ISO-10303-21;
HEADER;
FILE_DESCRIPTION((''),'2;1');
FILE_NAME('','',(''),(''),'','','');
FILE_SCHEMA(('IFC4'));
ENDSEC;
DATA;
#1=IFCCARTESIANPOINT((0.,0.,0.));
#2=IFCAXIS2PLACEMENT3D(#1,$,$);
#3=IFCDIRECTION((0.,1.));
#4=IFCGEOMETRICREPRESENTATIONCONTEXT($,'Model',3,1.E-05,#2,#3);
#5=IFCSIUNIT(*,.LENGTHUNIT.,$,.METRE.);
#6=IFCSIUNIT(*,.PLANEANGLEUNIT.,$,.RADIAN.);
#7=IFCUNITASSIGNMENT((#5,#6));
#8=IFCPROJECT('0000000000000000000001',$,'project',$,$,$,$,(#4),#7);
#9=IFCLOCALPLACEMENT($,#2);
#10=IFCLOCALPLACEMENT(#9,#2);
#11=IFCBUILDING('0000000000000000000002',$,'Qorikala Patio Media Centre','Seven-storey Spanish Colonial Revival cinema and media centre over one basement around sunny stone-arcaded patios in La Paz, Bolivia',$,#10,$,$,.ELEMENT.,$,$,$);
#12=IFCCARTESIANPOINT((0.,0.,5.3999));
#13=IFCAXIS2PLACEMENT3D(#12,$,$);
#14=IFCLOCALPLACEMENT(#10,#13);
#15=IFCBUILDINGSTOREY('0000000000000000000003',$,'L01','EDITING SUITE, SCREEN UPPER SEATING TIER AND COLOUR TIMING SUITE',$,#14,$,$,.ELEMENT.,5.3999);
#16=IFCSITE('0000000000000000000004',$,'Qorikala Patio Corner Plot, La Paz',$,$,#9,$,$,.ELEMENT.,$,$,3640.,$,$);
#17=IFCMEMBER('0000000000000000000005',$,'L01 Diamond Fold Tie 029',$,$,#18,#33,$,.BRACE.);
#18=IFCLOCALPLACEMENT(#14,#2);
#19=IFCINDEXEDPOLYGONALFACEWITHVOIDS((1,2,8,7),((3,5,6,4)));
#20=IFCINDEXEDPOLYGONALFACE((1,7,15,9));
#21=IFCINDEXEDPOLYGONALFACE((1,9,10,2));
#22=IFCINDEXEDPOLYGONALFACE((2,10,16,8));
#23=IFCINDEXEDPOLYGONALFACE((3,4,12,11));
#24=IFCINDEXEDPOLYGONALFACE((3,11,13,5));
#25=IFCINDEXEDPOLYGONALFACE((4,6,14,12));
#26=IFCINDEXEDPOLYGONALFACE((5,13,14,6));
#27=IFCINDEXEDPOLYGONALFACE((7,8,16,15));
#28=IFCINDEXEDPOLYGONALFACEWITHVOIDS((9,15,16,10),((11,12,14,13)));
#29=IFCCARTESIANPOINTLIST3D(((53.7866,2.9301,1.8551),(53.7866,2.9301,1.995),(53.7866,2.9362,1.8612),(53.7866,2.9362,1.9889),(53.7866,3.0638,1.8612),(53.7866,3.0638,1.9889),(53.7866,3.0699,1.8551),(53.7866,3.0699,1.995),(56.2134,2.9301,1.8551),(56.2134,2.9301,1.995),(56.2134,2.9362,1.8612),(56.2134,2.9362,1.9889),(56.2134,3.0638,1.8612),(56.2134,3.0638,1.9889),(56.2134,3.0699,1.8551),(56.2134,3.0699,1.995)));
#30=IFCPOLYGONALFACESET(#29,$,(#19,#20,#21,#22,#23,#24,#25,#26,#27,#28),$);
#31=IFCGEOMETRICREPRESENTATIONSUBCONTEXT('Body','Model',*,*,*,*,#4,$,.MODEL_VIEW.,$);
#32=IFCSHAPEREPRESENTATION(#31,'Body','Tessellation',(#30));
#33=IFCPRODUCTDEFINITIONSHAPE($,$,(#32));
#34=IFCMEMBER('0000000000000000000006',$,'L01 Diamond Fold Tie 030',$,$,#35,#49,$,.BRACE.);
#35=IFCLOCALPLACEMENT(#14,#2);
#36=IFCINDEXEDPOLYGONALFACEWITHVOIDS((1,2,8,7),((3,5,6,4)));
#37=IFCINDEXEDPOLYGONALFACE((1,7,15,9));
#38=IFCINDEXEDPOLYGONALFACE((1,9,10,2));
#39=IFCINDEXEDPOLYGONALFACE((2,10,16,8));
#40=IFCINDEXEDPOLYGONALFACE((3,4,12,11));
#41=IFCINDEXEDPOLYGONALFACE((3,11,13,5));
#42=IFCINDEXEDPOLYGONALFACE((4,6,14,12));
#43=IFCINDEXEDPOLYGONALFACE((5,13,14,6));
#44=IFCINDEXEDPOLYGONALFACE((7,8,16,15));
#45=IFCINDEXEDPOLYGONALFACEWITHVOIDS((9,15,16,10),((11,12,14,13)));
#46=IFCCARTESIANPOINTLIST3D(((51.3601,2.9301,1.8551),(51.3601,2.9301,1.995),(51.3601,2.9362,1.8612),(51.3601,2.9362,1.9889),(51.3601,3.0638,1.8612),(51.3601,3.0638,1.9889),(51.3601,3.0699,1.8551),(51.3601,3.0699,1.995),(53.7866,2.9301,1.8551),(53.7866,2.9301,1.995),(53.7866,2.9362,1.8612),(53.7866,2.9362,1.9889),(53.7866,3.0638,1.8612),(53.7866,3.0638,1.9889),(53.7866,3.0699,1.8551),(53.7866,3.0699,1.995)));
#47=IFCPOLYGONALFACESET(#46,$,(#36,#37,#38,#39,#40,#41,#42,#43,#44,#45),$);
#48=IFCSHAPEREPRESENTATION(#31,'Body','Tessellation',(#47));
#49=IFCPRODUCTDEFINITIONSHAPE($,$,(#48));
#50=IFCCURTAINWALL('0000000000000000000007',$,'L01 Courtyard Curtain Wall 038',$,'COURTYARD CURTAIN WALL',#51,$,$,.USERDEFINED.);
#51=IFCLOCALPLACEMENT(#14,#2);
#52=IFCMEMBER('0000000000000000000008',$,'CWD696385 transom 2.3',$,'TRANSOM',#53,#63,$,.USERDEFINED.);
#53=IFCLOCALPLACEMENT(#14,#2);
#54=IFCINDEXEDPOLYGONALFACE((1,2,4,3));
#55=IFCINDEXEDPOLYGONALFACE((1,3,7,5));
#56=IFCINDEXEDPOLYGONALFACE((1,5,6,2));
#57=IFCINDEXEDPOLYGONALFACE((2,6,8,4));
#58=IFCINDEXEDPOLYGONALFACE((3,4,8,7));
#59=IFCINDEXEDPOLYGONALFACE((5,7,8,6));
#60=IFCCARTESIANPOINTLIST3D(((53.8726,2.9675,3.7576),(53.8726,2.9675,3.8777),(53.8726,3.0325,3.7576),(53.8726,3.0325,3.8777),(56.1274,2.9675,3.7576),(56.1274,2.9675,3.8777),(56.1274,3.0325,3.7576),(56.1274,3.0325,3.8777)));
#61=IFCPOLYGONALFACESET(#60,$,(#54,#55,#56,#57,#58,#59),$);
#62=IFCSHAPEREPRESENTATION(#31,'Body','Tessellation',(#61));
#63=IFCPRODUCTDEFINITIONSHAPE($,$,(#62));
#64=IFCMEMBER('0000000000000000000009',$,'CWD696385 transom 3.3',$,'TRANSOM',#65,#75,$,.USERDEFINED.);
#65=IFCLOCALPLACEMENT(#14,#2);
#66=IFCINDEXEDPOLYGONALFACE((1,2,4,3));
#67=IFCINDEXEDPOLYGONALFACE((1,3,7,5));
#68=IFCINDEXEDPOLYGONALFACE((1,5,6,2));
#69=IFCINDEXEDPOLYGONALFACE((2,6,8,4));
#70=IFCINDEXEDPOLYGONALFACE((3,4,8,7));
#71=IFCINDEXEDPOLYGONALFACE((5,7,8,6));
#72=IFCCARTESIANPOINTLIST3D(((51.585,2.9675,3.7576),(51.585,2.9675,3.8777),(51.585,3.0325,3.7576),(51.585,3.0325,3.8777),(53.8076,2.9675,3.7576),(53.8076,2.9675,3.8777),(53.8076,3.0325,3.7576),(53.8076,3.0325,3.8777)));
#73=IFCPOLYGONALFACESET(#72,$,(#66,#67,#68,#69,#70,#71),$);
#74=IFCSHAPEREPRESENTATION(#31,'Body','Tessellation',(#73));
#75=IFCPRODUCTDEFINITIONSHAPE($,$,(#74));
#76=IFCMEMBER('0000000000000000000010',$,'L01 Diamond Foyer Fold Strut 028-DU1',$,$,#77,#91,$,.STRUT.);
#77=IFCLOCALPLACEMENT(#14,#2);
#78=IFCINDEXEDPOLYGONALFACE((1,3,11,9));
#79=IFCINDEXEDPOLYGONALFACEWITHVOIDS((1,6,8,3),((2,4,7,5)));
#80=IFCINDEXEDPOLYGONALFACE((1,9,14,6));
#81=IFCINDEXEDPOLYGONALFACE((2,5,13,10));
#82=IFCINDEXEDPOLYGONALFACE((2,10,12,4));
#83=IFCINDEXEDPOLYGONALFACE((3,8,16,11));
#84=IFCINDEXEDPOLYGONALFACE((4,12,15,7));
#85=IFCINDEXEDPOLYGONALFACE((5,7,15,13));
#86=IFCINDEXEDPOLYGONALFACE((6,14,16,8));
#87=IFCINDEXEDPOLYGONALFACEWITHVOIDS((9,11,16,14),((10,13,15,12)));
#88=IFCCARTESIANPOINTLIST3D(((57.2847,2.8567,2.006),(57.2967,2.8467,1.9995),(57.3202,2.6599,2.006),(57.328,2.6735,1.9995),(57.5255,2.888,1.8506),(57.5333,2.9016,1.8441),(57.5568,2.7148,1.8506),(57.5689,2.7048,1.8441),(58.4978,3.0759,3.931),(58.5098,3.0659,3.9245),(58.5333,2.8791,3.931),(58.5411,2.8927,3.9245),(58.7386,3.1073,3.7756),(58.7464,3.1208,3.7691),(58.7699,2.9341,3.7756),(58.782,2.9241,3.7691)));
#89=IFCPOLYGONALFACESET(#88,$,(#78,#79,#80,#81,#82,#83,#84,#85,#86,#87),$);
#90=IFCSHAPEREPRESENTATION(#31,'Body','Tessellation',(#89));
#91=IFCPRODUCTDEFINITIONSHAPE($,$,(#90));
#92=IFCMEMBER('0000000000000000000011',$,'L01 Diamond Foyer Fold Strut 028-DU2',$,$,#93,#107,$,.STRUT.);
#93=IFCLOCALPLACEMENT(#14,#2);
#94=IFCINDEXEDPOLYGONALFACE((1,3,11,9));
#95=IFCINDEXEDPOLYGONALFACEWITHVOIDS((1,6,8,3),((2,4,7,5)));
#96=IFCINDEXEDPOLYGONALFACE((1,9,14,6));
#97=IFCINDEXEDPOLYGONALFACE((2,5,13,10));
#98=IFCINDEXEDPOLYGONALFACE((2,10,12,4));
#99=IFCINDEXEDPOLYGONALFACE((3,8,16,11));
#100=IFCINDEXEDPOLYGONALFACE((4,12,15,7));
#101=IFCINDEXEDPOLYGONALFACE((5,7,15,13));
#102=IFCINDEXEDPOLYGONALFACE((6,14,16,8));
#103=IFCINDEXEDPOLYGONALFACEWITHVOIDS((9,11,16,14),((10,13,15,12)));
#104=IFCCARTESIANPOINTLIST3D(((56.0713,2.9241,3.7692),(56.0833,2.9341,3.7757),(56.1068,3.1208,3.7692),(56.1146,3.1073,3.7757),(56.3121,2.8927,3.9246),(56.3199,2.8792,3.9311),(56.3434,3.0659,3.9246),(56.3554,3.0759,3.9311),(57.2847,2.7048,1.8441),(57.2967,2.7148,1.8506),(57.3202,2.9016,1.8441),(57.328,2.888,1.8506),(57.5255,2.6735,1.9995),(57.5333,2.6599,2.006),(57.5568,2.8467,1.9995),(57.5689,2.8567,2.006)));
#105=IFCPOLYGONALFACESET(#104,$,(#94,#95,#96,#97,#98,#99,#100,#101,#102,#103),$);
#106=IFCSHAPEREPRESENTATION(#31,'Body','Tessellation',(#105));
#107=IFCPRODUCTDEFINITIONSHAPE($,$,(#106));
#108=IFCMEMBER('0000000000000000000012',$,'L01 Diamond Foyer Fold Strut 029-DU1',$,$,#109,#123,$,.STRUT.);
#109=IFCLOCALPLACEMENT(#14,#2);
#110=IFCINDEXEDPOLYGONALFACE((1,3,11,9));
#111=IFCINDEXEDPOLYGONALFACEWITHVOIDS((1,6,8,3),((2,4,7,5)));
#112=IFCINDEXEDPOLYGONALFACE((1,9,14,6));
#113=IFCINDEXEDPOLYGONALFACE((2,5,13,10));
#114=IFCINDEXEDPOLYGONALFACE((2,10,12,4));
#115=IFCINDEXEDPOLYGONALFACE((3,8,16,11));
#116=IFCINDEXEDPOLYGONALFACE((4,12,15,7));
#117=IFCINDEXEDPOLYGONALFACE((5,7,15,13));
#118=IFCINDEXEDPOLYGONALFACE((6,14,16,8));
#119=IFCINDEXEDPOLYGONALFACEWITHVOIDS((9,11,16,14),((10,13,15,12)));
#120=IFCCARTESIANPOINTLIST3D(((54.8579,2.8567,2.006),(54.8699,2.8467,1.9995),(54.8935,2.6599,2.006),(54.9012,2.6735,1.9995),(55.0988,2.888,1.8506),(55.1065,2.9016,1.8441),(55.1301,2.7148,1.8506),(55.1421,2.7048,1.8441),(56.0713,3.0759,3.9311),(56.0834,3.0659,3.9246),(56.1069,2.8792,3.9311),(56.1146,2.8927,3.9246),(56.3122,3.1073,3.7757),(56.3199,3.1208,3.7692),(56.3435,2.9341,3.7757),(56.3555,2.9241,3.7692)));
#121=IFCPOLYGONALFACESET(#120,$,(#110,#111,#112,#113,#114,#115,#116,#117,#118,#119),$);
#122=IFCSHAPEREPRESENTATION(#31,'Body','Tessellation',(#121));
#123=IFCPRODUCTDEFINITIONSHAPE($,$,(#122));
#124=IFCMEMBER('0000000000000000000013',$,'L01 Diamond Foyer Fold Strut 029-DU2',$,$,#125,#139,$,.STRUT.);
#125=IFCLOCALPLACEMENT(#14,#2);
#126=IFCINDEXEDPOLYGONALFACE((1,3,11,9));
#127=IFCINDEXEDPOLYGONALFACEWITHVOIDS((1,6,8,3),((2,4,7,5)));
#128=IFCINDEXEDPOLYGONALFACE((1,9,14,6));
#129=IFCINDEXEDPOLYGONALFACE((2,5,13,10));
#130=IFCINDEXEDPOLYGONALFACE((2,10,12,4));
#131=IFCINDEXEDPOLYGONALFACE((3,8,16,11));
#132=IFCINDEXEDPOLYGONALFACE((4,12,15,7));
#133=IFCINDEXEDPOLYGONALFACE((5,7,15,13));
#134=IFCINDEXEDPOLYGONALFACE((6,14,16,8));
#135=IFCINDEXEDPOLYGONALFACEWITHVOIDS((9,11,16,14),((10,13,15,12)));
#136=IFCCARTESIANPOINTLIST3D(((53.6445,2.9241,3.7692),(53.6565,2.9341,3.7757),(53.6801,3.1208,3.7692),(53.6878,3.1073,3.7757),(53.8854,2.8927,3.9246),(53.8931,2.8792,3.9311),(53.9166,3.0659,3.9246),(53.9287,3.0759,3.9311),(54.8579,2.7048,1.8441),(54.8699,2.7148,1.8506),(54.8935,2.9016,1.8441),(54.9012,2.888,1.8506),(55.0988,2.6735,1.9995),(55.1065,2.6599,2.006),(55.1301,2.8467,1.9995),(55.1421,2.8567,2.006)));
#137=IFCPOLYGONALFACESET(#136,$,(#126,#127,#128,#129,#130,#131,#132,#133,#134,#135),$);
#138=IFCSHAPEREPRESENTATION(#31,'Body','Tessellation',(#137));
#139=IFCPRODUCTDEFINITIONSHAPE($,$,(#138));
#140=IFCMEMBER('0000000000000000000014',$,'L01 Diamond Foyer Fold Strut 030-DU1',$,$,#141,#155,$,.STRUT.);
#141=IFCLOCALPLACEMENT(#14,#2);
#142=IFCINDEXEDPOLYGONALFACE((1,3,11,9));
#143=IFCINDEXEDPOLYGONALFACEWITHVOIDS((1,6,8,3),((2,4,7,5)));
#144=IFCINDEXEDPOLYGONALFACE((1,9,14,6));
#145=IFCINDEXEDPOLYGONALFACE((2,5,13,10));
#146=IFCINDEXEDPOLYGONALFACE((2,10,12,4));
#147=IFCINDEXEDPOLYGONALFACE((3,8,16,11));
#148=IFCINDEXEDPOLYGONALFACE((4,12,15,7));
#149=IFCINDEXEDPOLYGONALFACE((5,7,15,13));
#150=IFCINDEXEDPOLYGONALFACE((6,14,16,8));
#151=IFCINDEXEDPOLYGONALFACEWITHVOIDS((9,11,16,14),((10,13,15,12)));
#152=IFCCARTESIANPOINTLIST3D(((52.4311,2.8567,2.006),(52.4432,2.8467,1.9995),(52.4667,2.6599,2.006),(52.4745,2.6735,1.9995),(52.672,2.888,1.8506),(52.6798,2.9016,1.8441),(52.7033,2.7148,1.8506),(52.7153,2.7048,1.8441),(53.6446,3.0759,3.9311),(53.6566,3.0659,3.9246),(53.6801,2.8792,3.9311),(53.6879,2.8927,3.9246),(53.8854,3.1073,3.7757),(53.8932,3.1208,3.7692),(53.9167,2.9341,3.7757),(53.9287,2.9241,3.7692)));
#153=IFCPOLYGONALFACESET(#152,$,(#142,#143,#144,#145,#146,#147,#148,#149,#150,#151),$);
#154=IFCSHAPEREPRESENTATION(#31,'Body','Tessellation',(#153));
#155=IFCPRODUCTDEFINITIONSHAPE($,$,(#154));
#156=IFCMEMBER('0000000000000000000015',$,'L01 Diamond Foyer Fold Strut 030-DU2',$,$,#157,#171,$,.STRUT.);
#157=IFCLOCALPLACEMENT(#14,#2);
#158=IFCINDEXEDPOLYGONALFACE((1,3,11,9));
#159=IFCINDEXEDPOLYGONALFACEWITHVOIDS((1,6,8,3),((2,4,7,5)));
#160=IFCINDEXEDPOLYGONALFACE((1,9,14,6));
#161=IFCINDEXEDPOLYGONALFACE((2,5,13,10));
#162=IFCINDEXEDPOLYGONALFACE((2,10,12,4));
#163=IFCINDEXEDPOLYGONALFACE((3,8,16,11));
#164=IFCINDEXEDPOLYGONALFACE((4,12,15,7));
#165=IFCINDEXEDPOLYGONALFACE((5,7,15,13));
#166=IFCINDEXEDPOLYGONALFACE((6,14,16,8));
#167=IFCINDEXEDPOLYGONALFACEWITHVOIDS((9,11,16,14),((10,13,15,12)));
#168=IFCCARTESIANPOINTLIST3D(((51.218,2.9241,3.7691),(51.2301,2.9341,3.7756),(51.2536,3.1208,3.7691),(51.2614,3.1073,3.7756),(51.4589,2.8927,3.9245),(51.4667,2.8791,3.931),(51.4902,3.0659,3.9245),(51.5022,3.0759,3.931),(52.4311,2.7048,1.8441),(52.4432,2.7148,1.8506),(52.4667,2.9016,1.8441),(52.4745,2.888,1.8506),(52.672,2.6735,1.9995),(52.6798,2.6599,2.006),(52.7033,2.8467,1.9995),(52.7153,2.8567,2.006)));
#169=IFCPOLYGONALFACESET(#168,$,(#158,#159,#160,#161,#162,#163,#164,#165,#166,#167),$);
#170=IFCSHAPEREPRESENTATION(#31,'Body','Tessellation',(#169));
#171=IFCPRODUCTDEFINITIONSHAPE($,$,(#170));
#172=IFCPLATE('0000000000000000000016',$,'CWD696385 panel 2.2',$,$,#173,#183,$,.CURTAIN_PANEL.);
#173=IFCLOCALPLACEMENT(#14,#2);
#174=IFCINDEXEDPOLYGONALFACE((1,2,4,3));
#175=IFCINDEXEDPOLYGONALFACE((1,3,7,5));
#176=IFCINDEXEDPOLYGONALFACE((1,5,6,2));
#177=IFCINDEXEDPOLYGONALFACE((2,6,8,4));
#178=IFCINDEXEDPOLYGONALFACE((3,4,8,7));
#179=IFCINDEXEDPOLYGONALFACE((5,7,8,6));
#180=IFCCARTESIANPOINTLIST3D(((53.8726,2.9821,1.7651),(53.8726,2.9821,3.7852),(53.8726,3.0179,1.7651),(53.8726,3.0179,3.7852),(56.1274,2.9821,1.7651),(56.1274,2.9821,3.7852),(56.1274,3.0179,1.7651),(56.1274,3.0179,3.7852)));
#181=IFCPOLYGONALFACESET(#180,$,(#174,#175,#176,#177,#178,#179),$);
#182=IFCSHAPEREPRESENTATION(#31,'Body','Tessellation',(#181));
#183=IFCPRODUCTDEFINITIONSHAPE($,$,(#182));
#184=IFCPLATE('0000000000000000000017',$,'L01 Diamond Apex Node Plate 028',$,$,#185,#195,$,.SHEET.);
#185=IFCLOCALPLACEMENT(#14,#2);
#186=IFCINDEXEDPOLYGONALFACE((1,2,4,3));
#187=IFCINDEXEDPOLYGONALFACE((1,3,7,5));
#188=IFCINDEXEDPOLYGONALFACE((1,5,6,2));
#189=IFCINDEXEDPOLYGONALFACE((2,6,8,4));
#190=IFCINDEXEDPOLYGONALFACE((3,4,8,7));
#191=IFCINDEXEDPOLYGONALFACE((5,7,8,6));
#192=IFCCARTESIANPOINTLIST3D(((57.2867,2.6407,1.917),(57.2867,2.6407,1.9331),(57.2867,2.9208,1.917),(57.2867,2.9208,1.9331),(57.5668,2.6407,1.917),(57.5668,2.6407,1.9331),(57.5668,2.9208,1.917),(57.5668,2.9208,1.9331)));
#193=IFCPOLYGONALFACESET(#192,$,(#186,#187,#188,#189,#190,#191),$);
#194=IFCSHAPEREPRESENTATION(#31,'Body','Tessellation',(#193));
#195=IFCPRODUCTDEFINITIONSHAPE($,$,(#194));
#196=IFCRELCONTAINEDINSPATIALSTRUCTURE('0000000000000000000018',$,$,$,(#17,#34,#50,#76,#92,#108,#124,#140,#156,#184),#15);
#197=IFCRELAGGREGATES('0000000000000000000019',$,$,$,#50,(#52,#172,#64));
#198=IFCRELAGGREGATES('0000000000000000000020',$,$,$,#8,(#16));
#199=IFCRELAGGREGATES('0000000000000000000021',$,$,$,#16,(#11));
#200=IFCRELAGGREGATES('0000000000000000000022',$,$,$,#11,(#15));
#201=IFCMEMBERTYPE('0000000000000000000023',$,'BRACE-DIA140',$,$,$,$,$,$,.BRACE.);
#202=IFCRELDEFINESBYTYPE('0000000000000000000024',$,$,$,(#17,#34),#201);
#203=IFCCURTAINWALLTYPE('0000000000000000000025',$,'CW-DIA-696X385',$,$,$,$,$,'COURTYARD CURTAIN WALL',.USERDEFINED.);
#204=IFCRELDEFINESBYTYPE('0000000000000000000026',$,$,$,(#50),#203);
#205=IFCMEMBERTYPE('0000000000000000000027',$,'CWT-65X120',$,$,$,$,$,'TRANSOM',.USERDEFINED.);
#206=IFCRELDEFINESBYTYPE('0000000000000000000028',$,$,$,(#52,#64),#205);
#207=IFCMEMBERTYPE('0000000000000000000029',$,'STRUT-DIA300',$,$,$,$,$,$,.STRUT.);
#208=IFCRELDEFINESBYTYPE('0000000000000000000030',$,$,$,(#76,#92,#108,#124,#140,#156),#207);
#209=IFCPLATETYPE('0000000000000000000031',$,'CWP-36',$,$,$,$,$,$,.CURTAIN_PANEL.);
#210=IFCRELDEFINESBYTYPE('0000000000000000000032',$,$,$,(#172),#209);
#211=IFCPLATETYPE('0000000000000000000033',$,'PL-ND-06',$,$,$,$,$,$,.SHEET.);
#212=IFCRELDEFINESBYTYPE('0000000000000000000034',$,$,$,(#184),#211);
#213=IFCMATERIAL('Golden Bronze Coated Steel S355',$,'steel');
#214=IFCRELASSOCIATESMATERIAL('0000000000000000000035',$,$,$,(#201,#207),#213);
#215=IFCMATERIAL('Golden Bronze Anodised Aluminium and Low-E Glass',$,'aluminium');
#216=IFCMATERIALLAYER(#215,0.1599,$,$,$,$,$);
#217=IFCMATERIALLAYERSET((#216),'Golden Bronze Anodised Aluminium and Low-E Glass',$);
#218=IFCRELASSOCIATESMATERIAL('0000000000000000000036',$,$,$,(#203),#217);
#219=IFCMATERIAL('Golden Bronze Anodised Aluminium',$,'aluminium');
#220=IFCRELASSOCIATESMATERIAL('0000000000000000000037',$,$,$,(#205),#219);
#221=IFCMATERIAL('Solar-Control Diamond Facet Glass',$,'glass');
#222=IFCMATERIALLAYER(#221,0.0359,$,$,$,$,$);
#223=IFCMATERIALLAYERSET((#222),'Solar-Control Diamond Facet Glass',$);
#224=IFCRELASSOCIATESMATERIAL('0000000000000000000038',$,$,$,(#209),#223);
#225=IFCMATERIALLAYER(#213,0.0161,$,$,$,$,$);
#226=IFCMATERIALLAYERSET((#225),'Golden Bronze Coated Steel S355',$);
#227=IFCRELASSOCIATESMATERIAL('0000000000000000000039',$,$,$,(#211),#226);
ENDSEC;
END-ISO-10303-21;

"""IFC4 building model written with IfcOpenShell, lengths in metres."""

from ifc_helpers import new_model, si_unit, direction, frame, origin, origin_2d, place, context, subcontext, project, spatial, rectangle, hollow_rectangle, extrude, material, layer, layer_set, material_profile, profile_set, type_object, element, aggregate, save


model = new_model("IFC4")

# Units and contexts
model_context = context("Model", 3, precision=1e-05, world=origin(), true_north=direction((0.0, 1.0)))
body_context = subcontext(model_context, "Body", "Model", "MODEL_VIEW")
ifc_project = project(units=[si_unit("LENGTHUNIT", "METRE"), si_unit("PLANEANGLEUNIT", "RADIAN")], contexts=[model_context])

# Site, building, storey
site_placement = place(None, origin())
site = spatial("IfcSite", under=ifc_project, at=site_placement, Name="Qorikala Patio Corner Plot, La Paz", CompositionType="ELEMENT", RefElevation=3640.0)
building_placement = place(site_placement, origin())
building = spatial("IfcBuilding", under=site, at=building_placement, Name="Qorikala Patio Media Centre", Description="Seven-storey Spanish Colonial Revival cinema and media centre over one basement around sunny stone-arcaded patios in La Paz, Bolivia", CompositionType="ELEMENT")
storey_placement = place(building_placement, frame((0.0, 0.0, 5.3999)))
storey = spatial("IfcBuildingStorey", under=building, at=storey_placement, Name="L01", Description="EDITING SUITE, SCREEN UPPER SEATING TIER AND COLOUR TIMING SUITE", CompositionType="ELEMENT", Elevation=5.3999)

# Members
ifc_material_1 = material(Name="Golden Bronze Coated Steel S355", Category="steel")
ifc_material_profile_1 = material_profile(ifc_material_1, hollow_rectangle(XDim=0.1399, YDim=0.1399, WallThickness=0.0061, at=origin_2d()), Name="HSS140X140X6")
ifc_profile_set_1 = profile_set([ifc_material_profile_1], Name="Golden Bronze Coated Steel S355")
member_type_1 = type_object("IfcMemberType", Name="BRACE-DIA140", PredefinedType="BRACE", material=ifc_profile_set_1)
member_1_placement = place(storey_placement, frame((56.2134, 3.0, 1.925), z_axis=(-1.0, 0.0, 0.0), x_axis=(0.0, -1.0, 0.0)))
element("IfcMember", 1, at=member_1_placement, inside=storey, type_object=member_type_1, Name="L01 Diamond Fold Tie 029", PredefinedType="BRACE", context=body_context, shape_type="SweptSolid", body=[
    extrude(hollow_rectangle(XDim=0.1399, YDim=0.1399, WallThickness=0.0061, at=origin_2d()), origin(), (0.0, 0.0, 1.0), 2.4268),
])
member_2_placement = place(storey_placement, frame((53.7866, 3.0, 1.925), z_axis=(-1.0, 0.0, 0.0), x_axis=(0.0, -1.0, 0.0)))
element("IfcMember", 2, at=member_2_placement, inside=storey, type_object=member_type_1, Name="L01 Diamond Fold Tie 030", PredefinedType="BRACE", context=body_context, shape_type="SweptSolid", body=[
    extrude(hollow_rectangle(XDim=0.1399, YDim=0.1399, WallThickness=0.0061, at=origin_2d()), origin(), (0.0, 0.0, 1.0), 2.4265),
])

# Curtain wall, members
ifc_material_2 = material(Name="Golden Bronze Anodised Aluminium and Low-E Glass", Category="aluminium")
ifc_layer_1 = layer(ifc_material_2, 0.1599)
ifc_layer_set_1 = layer_set([ifc_layer_1], Name="Golden Bronze Anodised Aluminium and Low-E Glass")
curtain_wall_type = type_object("IfcCurtainWallType", Name="CW-DIA-696X385", ElementType="COURTYARD CURTAIN WALL", PredefinedType="USERDEFINED", material=ifc_layer_set_1)
curtain_wall_placement = place(storey_placement, origin())
curtain_wall = element("IfcCurtainWall", 3, at=curtain_wall_placement, inside=storey, type_object=curtain_wall_type, Name="L01 Courtyard Curtain Wall 038", ObjectType="COURTYARD CURTAIN WALL", PredefinedType="USERDEFINED")
ifc_material_3 = material(Name="Golden Bronze Anodised Aluminium", Category="aluminium")
ifc_material_profile_2 = material_profile(ifc_material_3, rectangle(XDim=0.0649, YDim=0.1201, at=origin_2d()), Name="ALU TRANSOM 65x120")
ifc_profile_set_2 = profile_set([ifc_material_profile_2], Name="Golden Bronze Anodised Aluminium")
member_type_2 = type_object("IfcMemberType", Name="CWT-65X120", ElementType="TRANSOM", PredefinedType="USERDEFINED", material=ifc_profile_set_2)
member_3_placement = place(storey_placement, frame((56.1274, 3.0, 3.8176), z_axis=(-1.0, 0.0, 0.0), x_axis=(0.0, -1.0, 0.0)))
member_3 = element("IfcMember", 4, at=member_3_placement, type_object=member_type_2, Name="CWD696385 transom 2.3", ObjectType="TRANSOM", PredefinedType="USERDEFINED", context=body_context, shape_type="SweptSolid", body=[
    extrude(rectangle(XDim=0.0649, YDim=0.1201, at=origin_2d()), origin(), (0.0, 0.0, 1.0), 2.2549),
])
member_4_placement = place(storey_placement, frame((53.8076, 3.0, 3.8176), z_axis=(-1.0, 0.0, 0.0), x_axis=(0.0, -1.0, 0.0)))
member_4 = element("IfcMember", 5, at=member_4_placement, type_object=member_type_2, Name="CWD696385 transom 3.3", ObjectType="TRANSOM", PredefinedType="USERDEFINED", context=body_context, shape_type="SweptSolid", body=[
    extrude(rectangle(XDim=0.0649, YDim=0.1201, at=origin_2d()), origin(), (0.0, 0.0, 1.0), 2.2227),
])

# Members
ifc_material_profile_3 = material_profile(ifc_material_1, hollow_rectangle(XDim=0.2, YDim=0.3, WallThickness=0.012, at=origin_2d()), Name="HSS300X200X12")
ifc_profile_set_3 = profile_set([ifc_material_profile_3], Name="Golden Bronze Coated Steel S355")
member_type_3 = type_object("IfcMemberType", Name="STRUT-DIA300", PredefinedType="STRUT", material=ifc_profile_set_3)
member_5_placement = place(storey_placement, frame((57.4268, 2.7808, 1.925), z_axis=(0.530691, 0.095907, 0.842121), x_axis=(-0.17784, 0.984059, 0.0)))
element("IfcMember", 6, at=member_5_placement, inside=storey, type_object=member_type_3, Name="L01 Diamond Foyer Fold Strut 028-DU1", PredefinedType="STRUT", context=body_context, shape_type="SweptSolid", body=[
    extrude(hollow_rectangle(XDim=0.2, YDim=0.3, WallThickness=0.012, at=origin_2d()), origin(), (0.0, 0.0, 1.0), 2.2859),
])
for number, where, z_axis, x_axis, name in (
    (7, (57.4268, 2.7808, 1.925), (-0.530768, 0.095901, 0.842074), (-0.177805, -0.984066, 0.0), "L01 Diamond Foyer Fold Strut 028-DU2"),
    (8, (55.0, 2.7808, 1.925), (0.530768, 0.095901, 0.842074), (-0.177805, 0.984066, 0.0), "L01 Diamond Foyer Fold Strut 029-DU1"),
    (9, (55.0, 2.7808, 1.925), (-0.530768, 0.095901, 0.842074), (-0.177805, -0.984066, 0.0), "L01 Diamond Foyer Fold Strut 029-DU2"),
    (10, (52.5732, 2.7808, 1.925), (0.530768, 0.095901, 0.842074), (-0.177805, 0.984066, 0.0), "L01 Diamond Foyer Fold Strut 030-DU1"),
):
    element("IfcMember", number, at=place(storey_placement, frame(where, z_axis=z_axis, x_axis=x_axis)), inside=storey, type_object=member_type_3, Name=name, PredefinedType="STRUT", context=body_context, shape_type="SweptSolid", body=[
        extrude(hollow_rectangle(XDim=0.2, YDim=0.3, WallThickness=0.012, at=origin_2d()), origin(), (0.0, 0.0, 1.0), 2.2861),
    ])
member_6_placement = place(storey_placement, frame((52.5732, 2.7808, 1.925), z_axis=(-0.530691, 0.095907, 0.842121), x_axis=(-0.17784, -0.984059, 0.0)))
element("IfcMember", 11, at=member_6_placement, inside=storey, type_object=member_type_3, Name="L01 Diamond Foyer Fold Strut 030-DU2", PredefinedType="STRUT", context=body_context, shape_type="SweptSolid", body=[
    extrude(hollow_rectangle(XDim=0.2, YDim=0.3, WallThickness=0.012, at=origin_2d()), origin(), (0.0, 0.0, 1.0), 2.2859),
])

# Plate
ifc_material_4 = material(Name="Solar-Control Diamond Facet Glass", Category="glass")
ifc_layer_2 = layer(ifc_material_4, 0.0359)
ifc_layer_set_2 = layer_set([ifc_layer_2], Name="Solar-Control Diamond Facet Glass")
plate_type_1 = type_object("IfcPlateType", Name="CWP-36", PredefinedType="CURTAIN_PANEL", material=ifc_layer_set_2)
plate_placement = place(storey_placement, frame((55.0, 3.0, 1.7651), z_axis=(0.0, 0.0, 1.0), x_axis=(-1.0, 0.0, 0.0)))
plate = element("IfcPlate", 12, at=plate_placement, type_object=plate_type_1, Name="CWD696385 panel 2.2", PredefinedType="CURTAIN_PANEL", context=body_context, shape_type="SweptSolid", body=[
    extrude(rectangle(XDim=2.2549, YDim=0.0359, at=origin_2d()), origin(), (0.0, 0.0, 1.0), 2.02),
])
aggregate(curtain_wall, [member_3, plate, member_4])

# Plate
ifc_layer_3 = layer(ifc_material_1, 0.0161)
ifc_layer_set_3 = layer_set([ifc_layer_3], Name="Golden Bronze Coated Steel S355")
plate_type_2 = type_object("IfcPlateType", Name="PL-ND-06", PredefinedType="SHEET", material=ifc_layer_set_3)
for number, where, z_axis, x_axis, name in (
    (13, (57.4268, 2.7808, 1.917), (0.0, 0.0, 1.0), (-1.0, 0.0, 0.0), "L01 Diamond Apex Node Plate 028"),
):
    element("IfcPlate", number, at=place(storey_placement, frame(where, z_axis=z_axis, x_axis=x_axis)), inside=storey, type_object=plate_type_2, Name=name, PredefinedType="SHEET", context=body_context, shape_type="SweptSolid", body=[
        extrude(rectangle(XDim=0.28, YDim=0.28, at=origin_2d()), origin(), (0.0, 0.0, 1.0), 0.0161),
    ])

save(model, "model.ifc")
